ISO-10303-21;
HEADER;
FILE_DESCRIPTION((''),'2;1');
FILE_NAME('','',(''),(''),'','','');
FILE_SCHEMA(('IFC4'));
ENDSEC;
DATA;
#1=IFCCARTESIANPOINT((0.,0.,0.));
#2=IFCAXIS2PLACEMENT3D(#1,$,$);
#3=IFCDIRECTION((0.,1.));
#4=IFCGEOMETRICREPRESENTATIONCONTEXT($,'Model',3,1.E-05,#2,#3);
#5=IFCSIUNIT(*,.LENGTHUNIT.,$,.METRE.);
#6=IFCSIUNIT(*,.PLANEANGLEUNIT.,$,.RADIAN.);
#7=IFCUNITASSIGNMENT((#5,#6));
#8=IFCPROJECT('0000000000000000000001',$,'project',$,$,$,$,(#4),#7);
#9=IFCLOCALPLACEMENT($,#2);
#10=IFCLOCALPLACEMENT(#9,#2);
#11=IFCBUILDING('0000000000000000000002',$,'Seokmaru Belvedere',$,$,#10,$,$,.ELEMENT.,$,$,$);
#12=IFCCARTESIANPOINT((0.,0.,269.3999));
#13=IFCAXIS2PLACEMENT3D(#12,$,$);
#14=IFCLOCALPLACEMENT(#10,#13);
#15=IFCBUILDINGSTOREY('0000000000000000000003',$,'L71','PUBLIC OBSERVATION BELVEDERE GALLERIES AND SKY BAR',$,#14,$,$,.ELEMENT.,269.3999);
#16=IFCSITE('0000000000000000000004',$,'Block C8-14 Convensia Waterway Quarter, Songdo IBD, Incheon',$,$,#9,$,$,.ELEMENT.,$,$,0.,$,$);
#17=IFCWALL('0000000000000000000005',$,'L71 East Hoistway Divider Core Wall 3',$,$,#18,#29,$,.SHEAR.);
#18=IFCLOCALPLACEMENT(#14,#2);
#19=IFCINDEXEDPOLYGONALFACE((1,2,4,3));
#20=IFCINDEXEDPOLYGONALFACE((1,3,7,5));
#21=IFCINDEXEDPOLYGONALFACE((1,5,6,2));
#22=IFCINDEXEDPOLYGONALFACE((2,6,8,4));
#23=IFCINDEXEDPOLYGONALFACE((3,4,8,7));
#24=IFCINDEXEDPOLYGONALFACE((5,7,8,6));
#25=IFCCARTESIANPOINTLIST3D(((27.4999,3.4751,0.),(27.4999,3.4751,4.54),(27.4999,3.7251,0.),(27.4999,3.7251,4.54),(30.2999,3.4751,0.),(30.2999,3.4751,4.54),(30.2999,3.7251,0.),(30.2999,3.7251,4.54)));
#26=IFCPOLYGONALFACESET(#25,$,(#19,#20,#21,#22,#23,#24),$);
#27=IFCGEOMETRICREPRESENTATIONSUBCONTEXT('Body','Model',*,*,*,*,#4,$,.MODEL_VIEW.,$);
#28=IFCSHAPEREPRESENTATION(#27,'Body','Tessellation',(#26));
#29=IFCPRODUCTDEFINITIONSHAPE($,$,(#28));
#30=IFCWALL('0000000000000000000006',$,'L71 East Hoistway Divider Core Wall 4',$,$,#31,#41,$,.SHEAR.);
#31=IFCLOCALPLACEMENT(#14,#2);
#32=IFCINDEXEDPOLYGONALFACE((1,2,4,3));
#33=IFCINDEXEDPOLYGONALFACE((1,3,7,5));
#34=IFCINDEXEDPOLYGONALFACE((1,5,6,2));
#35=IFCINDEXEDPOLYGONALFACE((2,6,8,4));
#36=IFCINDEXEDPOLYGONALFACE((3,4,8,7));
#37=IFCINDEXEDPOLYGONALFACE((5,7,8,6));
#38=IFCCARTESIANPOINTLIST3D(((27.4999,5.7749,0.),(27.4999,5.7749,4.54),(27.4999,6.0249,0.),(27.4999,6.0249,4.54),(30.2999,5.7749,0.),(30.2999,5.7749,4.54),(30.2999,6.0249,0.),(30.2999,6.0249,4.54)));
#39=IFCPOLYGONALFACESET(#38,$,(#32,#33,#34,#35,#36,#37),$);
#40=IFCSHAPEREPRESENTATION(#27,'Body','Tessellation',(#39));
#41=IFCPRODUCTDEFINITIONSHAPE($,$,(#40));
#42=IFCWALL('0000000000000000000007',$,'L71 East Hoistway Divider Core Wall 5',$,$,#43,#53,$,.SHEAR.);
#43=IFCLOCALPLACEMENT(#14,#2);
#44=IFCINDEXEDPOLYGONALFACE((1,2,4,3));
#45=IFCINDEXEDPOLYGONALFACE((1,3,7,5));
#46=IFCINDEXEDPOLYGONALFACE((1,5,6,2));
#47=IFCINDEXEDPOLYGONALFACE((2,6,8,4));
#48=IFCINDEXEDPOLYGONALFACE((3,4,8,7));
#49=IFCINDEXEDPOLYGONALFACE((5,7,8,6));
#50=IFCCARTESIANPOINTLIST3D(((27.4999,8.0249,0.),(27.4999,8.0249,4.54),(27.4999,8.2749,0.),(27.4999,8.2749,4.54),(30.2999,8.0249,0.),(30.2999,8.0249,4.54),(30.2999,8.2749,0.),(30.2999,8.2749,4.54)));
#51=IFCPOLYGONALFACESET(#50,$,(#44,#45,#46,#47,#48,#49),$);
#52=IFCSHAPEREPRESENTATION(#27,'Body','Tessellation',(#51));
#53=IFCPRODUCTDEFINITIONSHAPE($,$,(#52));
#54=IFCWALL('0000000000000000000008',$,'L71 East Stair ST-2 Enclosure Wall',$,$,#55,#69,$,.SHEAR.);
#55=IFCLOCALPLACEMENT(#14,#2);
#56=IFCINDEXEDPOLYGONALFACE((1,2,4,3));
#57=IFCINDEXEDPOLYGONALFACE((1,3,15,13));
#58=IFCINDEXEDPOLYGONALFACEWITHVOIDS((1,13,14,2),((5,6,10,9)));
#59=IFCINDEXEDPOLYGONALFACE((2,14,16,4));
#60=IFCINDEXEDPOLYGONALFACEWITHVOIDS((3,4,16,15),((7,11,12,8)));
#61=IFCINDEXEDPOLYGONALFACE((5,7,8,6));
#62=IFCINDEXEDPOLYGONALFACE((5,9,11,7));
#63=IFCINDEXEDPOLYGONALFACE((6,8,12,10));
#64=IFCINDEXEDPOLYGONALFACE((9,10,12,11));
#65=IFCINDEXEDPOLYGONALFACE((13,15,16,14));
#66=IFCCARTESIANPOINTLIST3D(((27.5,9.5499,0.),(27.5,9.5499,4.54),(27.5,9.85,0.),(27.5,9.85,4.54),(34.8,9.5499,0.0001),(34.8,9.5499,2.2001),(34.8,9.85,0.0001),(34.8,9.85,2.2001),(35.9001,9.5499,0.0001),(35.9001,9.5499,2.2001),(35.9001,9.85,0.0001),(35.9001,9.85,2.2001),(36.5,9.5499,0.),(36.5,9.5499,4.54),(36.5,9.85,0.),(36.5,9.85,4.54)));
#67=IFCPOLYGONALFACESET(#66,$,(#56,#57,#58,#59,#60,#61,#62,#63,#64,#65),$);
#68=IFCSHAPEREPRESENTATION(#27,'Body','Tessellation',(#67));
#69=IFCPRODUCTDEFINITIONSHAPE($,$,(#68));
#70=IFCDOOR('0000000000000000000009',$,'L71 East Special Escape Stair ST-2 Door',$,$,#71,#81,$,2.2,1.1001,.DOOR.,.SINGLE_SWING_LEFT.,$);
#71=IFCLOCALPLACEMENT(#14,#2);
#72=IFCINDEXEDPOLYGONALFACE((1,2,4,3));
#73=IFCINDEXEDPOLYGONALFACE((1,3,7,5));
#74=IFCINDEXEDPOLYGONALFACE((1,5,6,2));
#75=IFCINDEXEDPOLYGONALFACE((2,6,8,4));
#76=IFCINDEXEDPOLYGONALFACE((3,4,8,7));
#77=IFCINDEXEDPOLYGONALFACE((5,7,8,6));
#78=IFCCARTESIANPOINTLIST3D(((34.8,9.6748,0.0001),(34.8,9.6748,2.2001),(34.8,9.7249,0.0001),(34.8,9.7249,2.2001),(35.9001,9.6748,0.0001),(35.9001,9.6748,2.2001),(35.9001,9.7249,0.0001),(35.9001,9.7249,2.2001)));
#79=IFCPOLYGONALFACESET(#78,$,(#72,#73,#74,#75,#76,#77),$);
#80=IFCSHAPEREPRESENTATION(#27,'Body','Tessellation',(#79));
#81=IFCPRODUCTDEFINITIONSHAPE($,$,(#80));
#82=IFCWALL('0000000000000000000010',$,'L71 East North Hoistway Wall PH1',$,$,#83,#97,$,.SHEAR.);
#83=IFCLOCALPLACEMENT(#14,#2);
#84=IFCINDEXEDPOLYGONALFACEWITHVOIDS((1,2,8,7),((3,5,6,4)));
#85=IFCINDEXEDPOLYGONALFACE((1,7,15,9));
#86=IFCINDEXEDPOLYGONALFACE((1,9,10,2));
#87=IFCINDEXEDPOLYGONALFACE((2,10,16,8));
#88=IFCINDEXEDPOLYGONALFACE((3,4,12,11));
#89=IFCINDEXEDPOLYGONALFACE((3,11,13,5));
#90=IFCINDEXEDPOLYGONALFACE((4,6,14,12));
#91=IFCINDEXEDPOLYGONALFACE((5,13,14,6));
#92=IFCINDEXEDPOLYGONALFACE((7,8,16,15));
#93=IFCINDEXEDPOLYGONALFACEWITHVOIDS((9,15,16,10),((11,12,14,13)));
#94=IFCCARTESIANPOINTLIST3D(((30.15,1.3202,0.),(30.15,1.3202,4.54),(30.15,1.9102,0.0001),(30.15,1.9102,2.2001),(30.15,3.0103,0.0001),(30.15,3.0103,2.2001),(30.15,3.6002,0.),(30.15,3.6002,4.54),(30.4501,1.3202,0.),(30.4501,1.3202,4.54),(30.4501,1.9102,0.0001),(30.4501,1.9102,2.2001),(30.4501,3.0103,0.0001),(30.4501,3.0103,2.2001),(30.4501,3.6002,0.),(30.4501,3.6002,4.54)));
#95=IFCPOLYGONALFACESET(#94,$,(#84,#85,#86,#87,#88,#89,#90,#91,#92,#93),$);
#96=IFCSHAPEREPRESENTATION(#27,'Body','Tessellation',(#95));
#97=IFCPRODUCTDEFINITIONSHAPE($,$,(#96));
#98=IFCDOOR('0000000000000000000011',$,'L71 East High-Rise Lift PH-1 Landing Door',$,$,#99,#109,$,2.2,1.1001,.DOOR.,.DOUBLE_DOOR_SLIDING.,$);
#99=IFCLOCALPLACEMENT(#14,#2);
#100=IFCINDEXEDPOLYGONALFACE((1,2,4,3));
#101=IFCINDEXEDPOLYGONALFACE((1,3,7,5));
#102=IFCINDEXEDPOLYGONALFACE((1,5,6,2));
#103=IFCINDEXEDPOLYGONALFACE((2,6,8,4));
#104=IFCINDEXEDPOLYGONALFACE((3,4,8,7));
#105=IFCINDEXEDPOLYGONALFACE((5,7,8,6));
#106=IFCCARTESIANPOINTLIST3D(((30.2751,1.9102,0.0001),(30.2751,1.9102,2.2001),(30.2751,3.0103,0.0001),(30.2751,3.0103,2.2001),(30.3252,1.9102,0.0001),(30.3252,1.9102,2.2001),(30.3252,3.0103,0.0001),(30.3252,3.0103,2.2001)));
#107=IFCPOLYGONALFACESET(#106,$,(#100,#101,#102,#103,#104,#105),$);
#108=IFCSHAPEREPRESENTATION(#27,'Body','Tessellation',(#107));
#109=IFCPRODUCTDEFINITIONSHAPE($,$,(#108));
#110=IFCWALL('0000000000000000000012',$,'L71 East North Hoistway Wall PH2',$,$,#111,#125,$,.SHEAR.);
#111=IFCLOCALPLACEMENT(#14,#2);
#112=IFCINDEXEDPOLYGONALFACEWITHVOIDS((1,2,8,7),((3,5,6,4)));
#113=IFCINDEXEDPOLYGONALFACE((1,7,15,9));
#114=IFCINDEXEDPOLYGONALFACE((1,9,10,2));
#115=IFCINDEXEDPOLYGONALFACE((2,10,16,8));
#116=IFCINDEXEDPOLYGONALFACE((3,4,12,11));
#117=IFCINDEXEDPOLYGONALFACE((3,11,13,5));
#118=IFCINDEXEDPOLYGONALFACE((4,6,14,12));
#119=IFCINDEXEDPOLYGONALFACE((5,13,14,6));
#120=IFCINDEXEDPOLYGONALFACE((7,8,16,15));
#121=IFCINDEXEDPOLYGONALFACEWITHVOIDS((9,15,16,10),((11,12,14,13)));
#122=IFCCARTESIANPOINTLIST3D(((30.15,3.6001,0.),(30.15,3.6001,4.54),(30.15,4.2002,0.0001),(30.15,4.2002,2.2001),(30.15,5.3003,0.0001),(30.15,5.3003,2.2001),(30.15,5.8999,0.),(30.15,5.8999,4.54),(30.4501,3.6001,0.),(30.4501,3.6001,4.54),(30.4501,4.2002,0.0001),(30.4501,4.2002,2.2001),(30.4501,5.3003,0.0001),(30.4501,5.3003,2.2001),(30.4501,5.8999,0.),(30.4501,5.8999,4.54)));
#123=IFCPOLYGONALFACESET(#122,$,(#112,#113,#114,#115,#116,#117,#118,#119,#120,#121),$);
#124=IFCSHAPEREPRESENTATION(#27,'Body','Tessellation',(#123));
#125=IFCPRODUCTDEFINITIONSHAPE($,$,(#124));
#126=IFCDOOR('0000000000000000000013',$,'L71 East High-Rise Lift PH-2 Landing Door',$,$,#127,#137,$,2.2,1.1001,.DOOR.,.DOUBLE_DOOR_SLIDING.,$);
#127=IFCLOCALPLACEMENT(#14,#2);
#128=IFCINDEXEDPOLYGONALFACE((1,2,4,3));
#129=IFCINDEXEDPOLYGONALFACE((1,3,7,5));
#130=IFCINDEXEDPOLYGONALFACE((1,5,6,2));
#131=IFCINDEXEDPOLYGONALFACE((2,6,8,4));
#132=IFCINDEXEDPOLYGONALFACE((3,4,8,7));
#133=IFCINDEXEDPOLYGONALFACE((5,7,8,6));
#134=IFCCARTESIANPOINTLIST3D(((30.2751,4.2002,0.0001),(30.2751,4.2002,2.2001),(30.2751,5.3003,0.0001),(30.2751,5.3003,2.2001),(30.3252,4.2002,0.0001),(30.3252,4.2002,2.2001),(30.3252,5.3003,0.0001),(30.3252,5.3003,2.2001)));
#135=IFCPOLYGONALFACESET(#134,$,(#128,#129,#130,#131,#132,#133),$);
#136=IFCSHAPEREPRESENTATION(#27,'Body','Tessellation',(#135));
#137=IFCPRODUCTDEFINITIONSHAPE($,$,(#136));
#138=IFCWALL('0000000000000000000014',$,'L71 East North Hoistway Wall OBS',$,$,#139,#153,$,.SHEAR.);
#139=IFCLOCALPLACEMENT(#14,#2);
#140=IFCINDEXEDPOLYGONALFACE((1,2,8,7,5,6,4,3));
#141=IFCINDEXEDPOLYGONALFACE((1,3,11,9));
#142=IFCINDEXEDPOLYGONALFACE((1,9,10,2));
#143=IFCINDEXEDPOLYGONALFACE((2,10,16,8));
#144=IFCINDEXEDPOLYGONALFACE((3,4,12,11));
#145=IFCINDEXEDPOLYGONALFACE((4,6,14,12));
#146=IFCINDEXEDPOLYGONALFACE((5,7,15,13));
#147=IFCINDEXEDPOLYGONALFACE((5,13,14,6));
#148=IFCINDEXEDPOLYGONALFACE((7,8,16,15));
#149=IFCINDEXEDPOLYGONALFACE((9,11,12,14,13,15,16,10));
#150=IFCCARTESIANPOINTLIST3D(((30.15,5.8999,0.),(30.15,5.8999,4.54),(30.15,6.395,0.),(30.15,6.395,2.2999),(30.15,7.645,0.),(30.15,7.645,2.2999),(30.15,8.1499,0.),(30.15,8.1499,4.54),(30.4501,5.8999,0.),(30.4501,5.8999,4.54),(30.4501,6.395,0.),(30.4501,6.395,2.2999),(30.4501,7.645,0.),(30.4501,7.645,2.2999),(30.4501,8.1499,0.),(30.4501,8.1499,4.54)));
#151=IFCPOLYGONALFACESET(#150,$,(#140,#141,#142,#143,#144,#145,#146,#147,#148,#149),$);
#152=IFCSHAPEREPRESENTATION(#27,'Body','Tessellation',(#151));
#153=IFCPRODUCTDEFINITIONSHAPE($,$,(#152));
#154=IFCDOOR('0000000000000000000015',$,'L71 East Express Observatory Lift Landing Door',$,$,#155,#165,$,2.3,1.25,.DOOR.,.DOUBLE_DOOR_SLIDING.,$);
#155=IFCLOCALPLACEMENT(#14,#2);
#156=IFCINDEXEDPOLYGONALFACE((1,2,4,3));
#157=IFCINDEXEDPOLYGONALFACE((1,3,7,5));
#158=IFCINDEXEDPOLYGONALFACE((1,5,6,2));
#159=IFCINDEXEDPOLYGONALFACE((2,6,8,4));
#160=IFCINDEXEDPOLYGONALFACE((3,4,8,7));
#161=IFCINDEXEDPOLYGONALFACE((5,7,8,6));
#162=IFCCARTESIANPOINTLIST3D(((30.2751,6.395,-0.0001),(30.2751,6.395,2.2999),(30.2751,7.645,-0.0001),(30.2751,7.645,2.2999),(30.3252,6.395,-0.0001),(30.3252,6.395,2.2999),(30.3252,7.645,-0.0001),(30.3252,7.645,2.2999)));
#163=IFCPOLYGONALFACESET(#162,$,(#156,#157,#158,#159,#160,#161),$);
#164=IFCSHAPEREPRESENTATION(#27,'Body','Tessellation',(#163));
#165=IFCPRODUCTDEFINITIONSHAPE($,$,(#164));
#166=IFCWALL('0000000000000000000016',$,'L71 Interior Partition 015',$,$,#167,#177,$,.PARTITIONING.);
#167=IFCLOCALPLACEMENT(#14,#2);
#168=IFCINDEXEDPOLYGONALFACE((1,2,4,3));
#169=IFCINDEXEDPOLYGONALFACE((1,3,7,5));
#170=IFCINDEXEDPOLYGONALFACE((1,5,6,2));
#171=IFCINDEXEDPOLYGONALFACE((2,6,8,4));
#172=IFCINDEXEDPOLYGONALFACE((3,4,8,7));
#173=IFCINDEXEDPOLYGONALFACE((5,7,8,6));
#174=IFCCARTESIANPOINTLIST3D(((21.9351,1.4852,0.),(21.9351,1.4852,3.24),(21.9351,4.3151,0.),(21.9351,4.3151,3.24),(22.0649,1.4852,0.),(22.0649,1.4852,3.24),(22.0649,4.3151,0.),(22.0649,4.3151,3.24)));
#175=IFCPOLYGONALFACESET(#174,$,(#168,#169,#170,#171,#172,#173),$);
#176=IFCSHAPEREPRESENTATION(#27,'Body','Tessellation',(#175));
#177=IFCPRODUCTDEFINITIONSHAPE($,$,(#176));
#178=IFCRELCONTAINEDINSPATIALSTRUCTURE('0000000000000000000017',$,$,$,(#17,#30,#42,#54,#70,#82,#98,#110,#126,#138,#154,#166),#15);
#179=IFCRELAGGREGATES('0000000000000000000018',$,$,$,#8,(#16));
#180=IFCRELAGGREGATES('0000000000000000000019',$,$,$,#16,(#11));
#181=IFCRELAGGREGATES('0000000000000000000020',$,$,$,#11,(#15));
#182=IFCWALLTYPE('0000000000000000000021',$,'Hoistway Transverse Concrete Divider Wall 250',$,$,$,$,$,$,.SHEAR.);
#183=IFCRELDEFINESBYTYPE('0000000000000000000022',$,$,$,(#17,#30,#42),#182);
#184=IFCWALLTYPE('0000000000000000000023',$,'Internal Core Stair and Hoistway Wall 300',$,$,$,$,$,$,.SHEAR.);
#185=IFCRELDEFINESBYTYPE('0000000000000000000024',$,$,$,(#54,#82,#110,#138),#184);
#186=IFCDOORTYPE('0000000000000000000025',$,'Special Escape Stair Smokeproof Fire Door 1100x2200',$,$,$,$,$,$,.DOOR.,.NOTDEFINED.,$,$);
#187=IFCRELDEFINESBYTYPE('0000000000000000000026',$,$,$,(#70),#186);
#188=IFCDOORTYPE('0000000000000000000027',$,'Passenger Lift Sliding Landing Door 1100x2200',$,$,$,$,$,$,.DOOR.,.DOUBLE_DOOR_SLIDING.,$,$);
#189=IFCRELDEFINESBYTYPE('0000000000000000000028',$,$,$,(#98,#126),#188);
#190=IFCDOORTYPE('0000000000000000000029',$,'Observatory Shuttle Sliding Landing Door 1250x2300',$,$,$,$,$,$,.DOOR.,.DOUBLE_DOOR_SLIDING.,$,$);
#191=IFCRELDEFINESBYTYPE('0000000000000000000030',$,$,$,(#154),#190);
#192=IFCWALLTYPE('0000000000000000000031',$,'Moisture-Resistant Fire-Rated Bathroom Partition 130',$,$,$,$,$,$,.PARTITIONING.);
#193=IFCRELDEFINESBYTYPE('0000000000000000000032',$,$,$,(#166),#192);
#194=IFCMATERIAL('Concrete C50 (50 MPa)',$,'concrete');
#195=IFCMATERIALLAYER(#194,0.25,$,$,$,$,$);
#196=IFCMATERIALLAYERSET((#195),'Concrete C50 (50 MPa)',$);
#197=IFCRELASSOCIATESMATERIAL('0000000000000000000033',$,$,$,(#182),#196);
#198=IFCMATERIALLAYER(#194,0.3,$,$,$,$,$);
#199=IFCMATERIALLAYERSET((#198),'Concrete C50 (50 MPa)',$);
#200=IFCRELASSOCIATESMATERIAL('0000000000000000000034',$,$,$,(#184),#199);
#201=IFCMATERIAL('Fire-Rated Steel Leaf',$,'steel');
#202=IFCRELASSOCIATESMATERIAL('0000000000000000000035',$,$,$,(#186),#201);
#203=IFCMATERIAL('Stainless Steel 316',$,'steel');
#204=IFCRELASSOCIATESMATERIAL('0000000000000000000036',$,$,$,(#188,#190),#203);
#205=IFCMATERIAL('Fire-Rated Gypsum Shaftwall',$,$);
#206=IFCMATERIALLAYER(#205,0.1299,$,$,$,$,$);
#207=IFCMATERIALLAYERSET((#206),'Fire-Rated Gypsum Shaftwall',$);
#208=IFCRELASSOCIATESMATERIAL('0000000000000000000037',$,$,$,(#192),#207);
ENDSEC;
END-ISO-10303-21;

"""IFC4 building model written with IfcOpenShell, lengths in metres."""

from ifc_helpers import new_model, si_unit, direction, frame, frame_2d, origin, place, context, subcontext, project, spatial, rectangle, extrude, source, transform, mapped, material, layer, layer_set, type_object, type_shapes, element, fill, save


model = new_model("IFC4")

# Units and contexts
model_context = context("Model", 3, precision=1e-05, world=origin(), true_north=direction((0.0, 1.0)))
body_context = subcontext(model_context, "Body", "Model", "MODEL_VIEW")
ifc_project = project(units=[si_unit("LENGTHUNIT", "METRE"), si_unit("PLANEANGLEUNIT", "RADIAN")], contexts=[model_context])

# Site, building, storey
site_placement = place(None, origin())
site = spatial("IfcSite", under=ifc_project, at=site_placement, Name="Block C8-14 Convensia Waterway Quarter, Songdo IBD, Incheon", CompositionType="ELEMENT", RefElevation=0.0)
building_placement = place(site_placement, origin())
building = spatial("IfcBuilding", under=site, at=building_placement, Name="Seokmaru Belvedere", CompositionType="ELEMENT")
storey_placement = place(building_placement, frame((0.0, 0.0, 269.3999)))
storey = spatial("IfcBuildingStorey", under=building, at=storey_placement, Name="L71", Description="PUBLIC OBSERVATION BELVEDERE GALLERIES AND SKY BAR", CompositionType="ELEMENT", Elevation=269.3999)

# Walls
ifc_material_1 = material(Name="Concrete C50 (50 MPa)", Category="concrete")
ifc_layer_1 = layer(ifc_material_1, 0.25)
ifc_layer_set_1 = layer_set([ifc_layer_1], Name="Concrete C50 (50 MPa)")
wall_type_1 = type_object("IfcWallType", Name="Hoistway Transverse Concrete Divider Wall 250", PredefinedType="SHEAR", material=ifc_layer_set_1)
for number, where, z_axis, x_axis, name in (
    (1, (27.5, 3.6001, 0.0), (0.0, 0.0, 1.0), (1.0, 0.0, 0.0), "L71 East Hoistway Divider Core Wall 3"),
    (2, (27.5, 5.8999, 0.0), (0.0, 0.0, 1.0), (1.0, 0.0, 0.0), "L71 East Hoistway Divider Core Wall 4"),
    (3, (27.5, 8.1499, 0.0), (0.0, 0.0, 1.0), (1.0, 0.0, 0.0), "L71 East Hoistway Divider Core Wall 5"),
):
    element("IfcWall", number, at=place(storey_placement, frame(where, z_axis=z_axis, x_axis=x_axis)), inside=storey, type_object=wall_type_1, Name=name, PredefinedType="SHEAR", context=body_context, shape_type="SweptSolid", body=[
        extrude(rectangle(XDim=2.8, YDim=0.25, at=frame_2d((1.3999, 0.0))), origin(), (0.0, 0.0, 1.0), 4.54),
    ])

# Walls, openings, doors
ifc_layer_2 = layer(ifc_material_1, 0.3)
ifc_layer_set_2 = layer_set([ifc_layer_2], Name="Concrete C50 (50 MPa)")
wall_type_2 = type_object("IfcWallType", Name="Internal Core Stair and Hoistway Wall 300", PredefinedType="SHEAR", material=ifc_layer_set_2)
wall_1_placement = place(storey_placement, frame((27.5, 9.7, 0.0), z_axis=(0.0, 0.0, 1.0), x_axis=(1.0, 0.0, 0.0)))
wall_1 = element("IfcWall", 4, at=wall_1_placement, inside=storey, type_object=wall_type_2, Name="L71 East Stair ST-2 Enclosure Wall", PredefinedType="SHEAR", context=body_context, shape_type="SweptSolid", body=[
    extrude(rectangle(XDim=9.0, YDim=0.3, at=frame_2d((4.5, 0.0))), origin(), (0.0, 0.0, 1.0), 4.54),
])
opening_1_placement = place(wall_1_placement, frame((7.3, 0.0, 0.0)))
opening_1 = element("IfcOpeningElement", 5, at=opening_1_placement, cuts=wall_1, PredefinedType="OPENING", context=body_context, shape_type="SweptSolid", body=[
    extrude(rectangle(XDim=1.1001, YDim=2.2, at=frame_2d((0.55, 1.1001))), frame((0.0, 0.1602, 0.0), z_axis=(0.0, -1.0, 0.0), x_axis=(1.0, 0.0, 0.0)), (0.0, 0.0, 1.0), 0.3201),
])
ifc_material_2 = material(Name="Fire-Rated Steel Leaf", Category="steel")
door_type_1 = type_object("IfcDoorType", Name="Special Escape Stair Smokeproof Fire Door 1100x2200", OperationType="NOTDEFINED", PredefinedType="DOOR", material=ifc_material_2)
shared_shape_1 = source(origin(), body_context, "Body", "SweptSolid", [
    extrude(rectangle(XDim=1.1001, YDim=2.2, at=frame_2d((0.55, 1.1001))), frame((0.0, 0.0249, 0.0), z_axis=(0.0, -1.0, 0.0), x_axis=(1.0, 0.0, 0.0)), (0.0, 0.0, 1.0), 0.05),
])
type_shapes(door_type_1, [shared_shape_1])
door_1_placement = place(opening_1_placement, origin())
door_1 = element("IfcDoor", 6, at=door_1_placement, inside=storey, type_object=door_type_1, Name="L71 East Special Escape Stair ST-2 Door", OperationType="SINGLE_SWING_LEFT", OverallHeight=2.2, OverallWidth=1.1001, PredefinedType="DOOR", context=body_context, shape_type="MappedRepresentation", body=[
    mapped(shared_shape_1, transform((0.0, 0.0, 0.0), scale=1.0)),
])
fill(opening_1, door_1)
wall_2_placement = place(storey_placement, frame((30.3, 1.3201, 0.0), z_axis=(0.0, 0.0, 1.0), x_axis=(0.0, 1.0, 0.0)))
wall_2 = element("IfcWall", 7, at=wall_2_placement, inside=storey, type_object=wall_type_2, Name="L71 East North Hoistway Wall PH1", PredefinedType="SHEAR", context=body_context, shape_type="SweptSolid", body=[
    extrude(rectangle(XDim=2.28, YDim=0.3, at=frame_2d((1.1401, 0.0))), origin(), (0.0, 0.0, 1.0), 4.54),
])
opening_2_placement = place(wall_2_placement, frame((0.5901, 0.0, 0.0)))
opening_2 = element("IfcOpeningElement", 8, at=opening_2_placement, cuts=wall_2, PredefinedType="OPENING", context=body_context, shape_type="SweptSolid", body=[
    extrude(rectangle(XDim=1.1001, YDim=2.2, at=frame_2d((0.55, 1.1001))), frame((0.0, 0.1602, 0.0), z_axis=(0.0, -1.0, 0.0), x_axis=(1.0, 0.0, 0.0)), (0.0, 0.0, 1.0), 0.3201),
])
ifc_material_3 = material(Name="Stainless Steel 316", Category="steel")
door_type_2 = type_object("IfcDoorType", Name="Passenger Lift Sliding Landing Door 1100x2200", OperationType="DOUBLE_DOOR_SLIDING", PredefinedType="DOOR", material=ifc_material_3)
shared_shape_2 = source(origin(), body_context, "Body", "SweptSolid", [
    extrude(rectangle(XDim=1.1001, YDim=2.2, at=frame_2d((0.55, 1.1001))), frame((0.0, 0.0249, 0.0), z_axis=(0.0, -1.0, 0.0), x_axis=(1.0, 0.0, 0.0)), (0.0, 0.0, 1.0), 0.05),
])
type_shapes(door_type_2, [shared_shape_2])
door_2_placement = place(opening_2_placement, origin())
door_2 = element("IfcDoor", 9, at=door_2_placement, inside=storey, type_object=door_type_2, Name="L71 East High-Rise Lift PH-1 Landing Door", OperationType="DOUBLE_DOOR_SLIDING", OverallHeight=2.2, OverallWidth=1.1001, PredefinedType="DOOR", context=body_context, shape_type="MappedRepresentation", body=[
    mapped(shared_shape_2, transform((0.0, 0.0, 0.0), scale=1.0)),
])
fill(opening_2, door_2)
wall_3_placement = place(storey_placement, frame((30.3, 3.6001, 0.0), z_axis=(0.0, 0.0, 1.0), x_axis=(0.0, 1.0, 0.0)))
wall_3 = element("IfcWall", 10, at=wall_3_placement, inside=storey, type_object=wall_type_2, Name="L71 East North Hoistway Wall PH2", PredefinedType="SHEAR", context=body_context, shape_type="SweptSolid", body=[
    extrude(rectangle(XDim=2.2998, YDim=0.3, at=frame_2d((1.1499, 0.0))), origin(), (0.0, 0.0, 1.0), 4.54),
])
opening_3_placement = place(wall_3_placement, frame((0.6001, 0.0, 0.0)))
opening_3 = element("IfcOpeningElement", 11, at=opening_3_placement, cuts=wall_3, PredefinedType="OPENING", context=body_context, shape_type="SweptSolid", body=[
    extrude(rectangle(XDim=1.1001, YDim=2.2, at=frame_2d((0.55, 1.1001))), frame((0.0, 0.1602, 0.0), z_axis=(0.0, -1.0, 0.0), x_axis=(1.0, 0.0, 0.0)), (0.0, 0.0, 1.0), 0.3201),
])
door_3_placement = place(opening_3_placement, origin())
door_3 = element("IfcDoor", 12, at=door_3_placement, inside=storey, type_object=door_type_2, Name="L71 East High-Rise Lift PH-2 Landing Door", OperationType="DOUBLE_DOOR_SLIDING", OverallHeight=2.2, OverallWidth=1.1001, PredefinedType="DOOR", context=body_context, shape_type="MappedRepresentation", body=[
    mapped(shared_shape_2, transform((0.0, 0.0, 0.0), scale=1.0)),
])
fill(opening_3, door_3)
wall_4_placement = place(storey_placement, frame((30.3, 5.8999, 0.0), z_axis=(0.0, 0.0, 1.0), x_axis=(0.0, 1.0, 0.0)))
wall_4 = element("IfcWall", 13, at=wall_4_placement, inside=storey, type_object=wall_type_2, Name="L71 East North Hoistway Wall OBS", PredefinedType="SHEAR", context=body_context, shape_type="SweptSolid", body=[
    extrude(rectangle(XDim=2.25, YDim=0.3, at=frame_2d((1.125, 0.0))), origin(), (0.0, 0.0, 1.0), 4.54),
])
opening_4_placement = place(wall_4_placement, frame((0.4951, 0.0, 0.0)))
opening_4 = element("IfcOpeningElement", 14, at=opening_4_placement, cuts=wall_4, PredefinedType="OPENING", context=body_context, shape_type="SweptSolid", body=[
    extrude(rectangle(XDim=1.25, YDim=2.3, at=frame_2d((0.625, 1.1499))), frame((0.0, 0.1602, 0.0), z_axis=(0.0, -1.0, 0.0), x_axis=(1.0, 0.0, 0.0)), (0.0, 0.0, 1.0), 0.3201),
])
door_type_3 = type_object("IfcDoorType", Name="Observatory Shuttle Sliding Landing Door 1250x2300", OperationType="DOUBLE_DOOR_SLIDING", PredefinedType="DOOR", material=ifc_material_3)
shared_shape_3 = source(origin(), body_context, "Body", "SweptSolid", [
    extrude(rectangle(XDim=1.25, YDim=2.3, at=frame_2d((0.625, 1.1499))), frame((0.0, 0.0249, 0.0), z_axis=(0.0, -1.0, 0.0), x_axis=(1.0, 0.0, 0.0)), (0.0, 0.0, 1.0), 0.05),
])
type_shapes(door_type_3, [shared_shape_3])
door_4_placement = place(opening_4_placement, origin())
door_4 = element("IfcDoor", 15, at=door_4_placement, inside=storey, type_object=door_type_3, Name="L71 East Express Observatory Lift Landing Door", OperationType="DOUBLE_DOOR_SLIDING", OverallHeight=2.3, OverallWidth=1.25, PredefinedType="DOOR", context=body_context, shape_type="MappedRepresentation", body=[
    mapped(shared_shape_3, transform((0.0, 0.0, 0.0), scale=1.0)),
])
fill(opening_4, door_4)

# Wall
ifc_material_4 = material(Name="Fire-Rated Gypsum Shaftwall")
ifc_layer_3 = layer(ifc_material_4, 0.1299)
ifc_layer_set_3 = layer_set([ifc_layer_3], Name="Fire-Rated Gypsum Shaftwall")
wall_type_3 = type_object("IfcWallType", Name="Moisture-Resistant Fire-Rated Bathroom Partition 130", PredefinedType="PARTITIONING", material=ifc_layer_set_3)
wall_5_placement = place(storey_placement, frame((22.0, 1.4851, 0.0), z_axis=(0.0, 0.0, 1.0), x_axis=(0.0, 1.0, 0.0)))
element("IfcWall", 16, at=wall_5_placement, inside=storey, type_object=wall_type_3, Name="L71 Interior Partition 015", PredefinedType="PARTITIONING", context=body_context, shape_type="SweptSolid", body=[
    extrude(rectangle(XDim=2.8298, YDim=0.1299, at=frame_2d((1.415, 0.0))), origin(), (0.0, 0.0, 1.0), 3.24),
])

save(model, "model.ifc")
